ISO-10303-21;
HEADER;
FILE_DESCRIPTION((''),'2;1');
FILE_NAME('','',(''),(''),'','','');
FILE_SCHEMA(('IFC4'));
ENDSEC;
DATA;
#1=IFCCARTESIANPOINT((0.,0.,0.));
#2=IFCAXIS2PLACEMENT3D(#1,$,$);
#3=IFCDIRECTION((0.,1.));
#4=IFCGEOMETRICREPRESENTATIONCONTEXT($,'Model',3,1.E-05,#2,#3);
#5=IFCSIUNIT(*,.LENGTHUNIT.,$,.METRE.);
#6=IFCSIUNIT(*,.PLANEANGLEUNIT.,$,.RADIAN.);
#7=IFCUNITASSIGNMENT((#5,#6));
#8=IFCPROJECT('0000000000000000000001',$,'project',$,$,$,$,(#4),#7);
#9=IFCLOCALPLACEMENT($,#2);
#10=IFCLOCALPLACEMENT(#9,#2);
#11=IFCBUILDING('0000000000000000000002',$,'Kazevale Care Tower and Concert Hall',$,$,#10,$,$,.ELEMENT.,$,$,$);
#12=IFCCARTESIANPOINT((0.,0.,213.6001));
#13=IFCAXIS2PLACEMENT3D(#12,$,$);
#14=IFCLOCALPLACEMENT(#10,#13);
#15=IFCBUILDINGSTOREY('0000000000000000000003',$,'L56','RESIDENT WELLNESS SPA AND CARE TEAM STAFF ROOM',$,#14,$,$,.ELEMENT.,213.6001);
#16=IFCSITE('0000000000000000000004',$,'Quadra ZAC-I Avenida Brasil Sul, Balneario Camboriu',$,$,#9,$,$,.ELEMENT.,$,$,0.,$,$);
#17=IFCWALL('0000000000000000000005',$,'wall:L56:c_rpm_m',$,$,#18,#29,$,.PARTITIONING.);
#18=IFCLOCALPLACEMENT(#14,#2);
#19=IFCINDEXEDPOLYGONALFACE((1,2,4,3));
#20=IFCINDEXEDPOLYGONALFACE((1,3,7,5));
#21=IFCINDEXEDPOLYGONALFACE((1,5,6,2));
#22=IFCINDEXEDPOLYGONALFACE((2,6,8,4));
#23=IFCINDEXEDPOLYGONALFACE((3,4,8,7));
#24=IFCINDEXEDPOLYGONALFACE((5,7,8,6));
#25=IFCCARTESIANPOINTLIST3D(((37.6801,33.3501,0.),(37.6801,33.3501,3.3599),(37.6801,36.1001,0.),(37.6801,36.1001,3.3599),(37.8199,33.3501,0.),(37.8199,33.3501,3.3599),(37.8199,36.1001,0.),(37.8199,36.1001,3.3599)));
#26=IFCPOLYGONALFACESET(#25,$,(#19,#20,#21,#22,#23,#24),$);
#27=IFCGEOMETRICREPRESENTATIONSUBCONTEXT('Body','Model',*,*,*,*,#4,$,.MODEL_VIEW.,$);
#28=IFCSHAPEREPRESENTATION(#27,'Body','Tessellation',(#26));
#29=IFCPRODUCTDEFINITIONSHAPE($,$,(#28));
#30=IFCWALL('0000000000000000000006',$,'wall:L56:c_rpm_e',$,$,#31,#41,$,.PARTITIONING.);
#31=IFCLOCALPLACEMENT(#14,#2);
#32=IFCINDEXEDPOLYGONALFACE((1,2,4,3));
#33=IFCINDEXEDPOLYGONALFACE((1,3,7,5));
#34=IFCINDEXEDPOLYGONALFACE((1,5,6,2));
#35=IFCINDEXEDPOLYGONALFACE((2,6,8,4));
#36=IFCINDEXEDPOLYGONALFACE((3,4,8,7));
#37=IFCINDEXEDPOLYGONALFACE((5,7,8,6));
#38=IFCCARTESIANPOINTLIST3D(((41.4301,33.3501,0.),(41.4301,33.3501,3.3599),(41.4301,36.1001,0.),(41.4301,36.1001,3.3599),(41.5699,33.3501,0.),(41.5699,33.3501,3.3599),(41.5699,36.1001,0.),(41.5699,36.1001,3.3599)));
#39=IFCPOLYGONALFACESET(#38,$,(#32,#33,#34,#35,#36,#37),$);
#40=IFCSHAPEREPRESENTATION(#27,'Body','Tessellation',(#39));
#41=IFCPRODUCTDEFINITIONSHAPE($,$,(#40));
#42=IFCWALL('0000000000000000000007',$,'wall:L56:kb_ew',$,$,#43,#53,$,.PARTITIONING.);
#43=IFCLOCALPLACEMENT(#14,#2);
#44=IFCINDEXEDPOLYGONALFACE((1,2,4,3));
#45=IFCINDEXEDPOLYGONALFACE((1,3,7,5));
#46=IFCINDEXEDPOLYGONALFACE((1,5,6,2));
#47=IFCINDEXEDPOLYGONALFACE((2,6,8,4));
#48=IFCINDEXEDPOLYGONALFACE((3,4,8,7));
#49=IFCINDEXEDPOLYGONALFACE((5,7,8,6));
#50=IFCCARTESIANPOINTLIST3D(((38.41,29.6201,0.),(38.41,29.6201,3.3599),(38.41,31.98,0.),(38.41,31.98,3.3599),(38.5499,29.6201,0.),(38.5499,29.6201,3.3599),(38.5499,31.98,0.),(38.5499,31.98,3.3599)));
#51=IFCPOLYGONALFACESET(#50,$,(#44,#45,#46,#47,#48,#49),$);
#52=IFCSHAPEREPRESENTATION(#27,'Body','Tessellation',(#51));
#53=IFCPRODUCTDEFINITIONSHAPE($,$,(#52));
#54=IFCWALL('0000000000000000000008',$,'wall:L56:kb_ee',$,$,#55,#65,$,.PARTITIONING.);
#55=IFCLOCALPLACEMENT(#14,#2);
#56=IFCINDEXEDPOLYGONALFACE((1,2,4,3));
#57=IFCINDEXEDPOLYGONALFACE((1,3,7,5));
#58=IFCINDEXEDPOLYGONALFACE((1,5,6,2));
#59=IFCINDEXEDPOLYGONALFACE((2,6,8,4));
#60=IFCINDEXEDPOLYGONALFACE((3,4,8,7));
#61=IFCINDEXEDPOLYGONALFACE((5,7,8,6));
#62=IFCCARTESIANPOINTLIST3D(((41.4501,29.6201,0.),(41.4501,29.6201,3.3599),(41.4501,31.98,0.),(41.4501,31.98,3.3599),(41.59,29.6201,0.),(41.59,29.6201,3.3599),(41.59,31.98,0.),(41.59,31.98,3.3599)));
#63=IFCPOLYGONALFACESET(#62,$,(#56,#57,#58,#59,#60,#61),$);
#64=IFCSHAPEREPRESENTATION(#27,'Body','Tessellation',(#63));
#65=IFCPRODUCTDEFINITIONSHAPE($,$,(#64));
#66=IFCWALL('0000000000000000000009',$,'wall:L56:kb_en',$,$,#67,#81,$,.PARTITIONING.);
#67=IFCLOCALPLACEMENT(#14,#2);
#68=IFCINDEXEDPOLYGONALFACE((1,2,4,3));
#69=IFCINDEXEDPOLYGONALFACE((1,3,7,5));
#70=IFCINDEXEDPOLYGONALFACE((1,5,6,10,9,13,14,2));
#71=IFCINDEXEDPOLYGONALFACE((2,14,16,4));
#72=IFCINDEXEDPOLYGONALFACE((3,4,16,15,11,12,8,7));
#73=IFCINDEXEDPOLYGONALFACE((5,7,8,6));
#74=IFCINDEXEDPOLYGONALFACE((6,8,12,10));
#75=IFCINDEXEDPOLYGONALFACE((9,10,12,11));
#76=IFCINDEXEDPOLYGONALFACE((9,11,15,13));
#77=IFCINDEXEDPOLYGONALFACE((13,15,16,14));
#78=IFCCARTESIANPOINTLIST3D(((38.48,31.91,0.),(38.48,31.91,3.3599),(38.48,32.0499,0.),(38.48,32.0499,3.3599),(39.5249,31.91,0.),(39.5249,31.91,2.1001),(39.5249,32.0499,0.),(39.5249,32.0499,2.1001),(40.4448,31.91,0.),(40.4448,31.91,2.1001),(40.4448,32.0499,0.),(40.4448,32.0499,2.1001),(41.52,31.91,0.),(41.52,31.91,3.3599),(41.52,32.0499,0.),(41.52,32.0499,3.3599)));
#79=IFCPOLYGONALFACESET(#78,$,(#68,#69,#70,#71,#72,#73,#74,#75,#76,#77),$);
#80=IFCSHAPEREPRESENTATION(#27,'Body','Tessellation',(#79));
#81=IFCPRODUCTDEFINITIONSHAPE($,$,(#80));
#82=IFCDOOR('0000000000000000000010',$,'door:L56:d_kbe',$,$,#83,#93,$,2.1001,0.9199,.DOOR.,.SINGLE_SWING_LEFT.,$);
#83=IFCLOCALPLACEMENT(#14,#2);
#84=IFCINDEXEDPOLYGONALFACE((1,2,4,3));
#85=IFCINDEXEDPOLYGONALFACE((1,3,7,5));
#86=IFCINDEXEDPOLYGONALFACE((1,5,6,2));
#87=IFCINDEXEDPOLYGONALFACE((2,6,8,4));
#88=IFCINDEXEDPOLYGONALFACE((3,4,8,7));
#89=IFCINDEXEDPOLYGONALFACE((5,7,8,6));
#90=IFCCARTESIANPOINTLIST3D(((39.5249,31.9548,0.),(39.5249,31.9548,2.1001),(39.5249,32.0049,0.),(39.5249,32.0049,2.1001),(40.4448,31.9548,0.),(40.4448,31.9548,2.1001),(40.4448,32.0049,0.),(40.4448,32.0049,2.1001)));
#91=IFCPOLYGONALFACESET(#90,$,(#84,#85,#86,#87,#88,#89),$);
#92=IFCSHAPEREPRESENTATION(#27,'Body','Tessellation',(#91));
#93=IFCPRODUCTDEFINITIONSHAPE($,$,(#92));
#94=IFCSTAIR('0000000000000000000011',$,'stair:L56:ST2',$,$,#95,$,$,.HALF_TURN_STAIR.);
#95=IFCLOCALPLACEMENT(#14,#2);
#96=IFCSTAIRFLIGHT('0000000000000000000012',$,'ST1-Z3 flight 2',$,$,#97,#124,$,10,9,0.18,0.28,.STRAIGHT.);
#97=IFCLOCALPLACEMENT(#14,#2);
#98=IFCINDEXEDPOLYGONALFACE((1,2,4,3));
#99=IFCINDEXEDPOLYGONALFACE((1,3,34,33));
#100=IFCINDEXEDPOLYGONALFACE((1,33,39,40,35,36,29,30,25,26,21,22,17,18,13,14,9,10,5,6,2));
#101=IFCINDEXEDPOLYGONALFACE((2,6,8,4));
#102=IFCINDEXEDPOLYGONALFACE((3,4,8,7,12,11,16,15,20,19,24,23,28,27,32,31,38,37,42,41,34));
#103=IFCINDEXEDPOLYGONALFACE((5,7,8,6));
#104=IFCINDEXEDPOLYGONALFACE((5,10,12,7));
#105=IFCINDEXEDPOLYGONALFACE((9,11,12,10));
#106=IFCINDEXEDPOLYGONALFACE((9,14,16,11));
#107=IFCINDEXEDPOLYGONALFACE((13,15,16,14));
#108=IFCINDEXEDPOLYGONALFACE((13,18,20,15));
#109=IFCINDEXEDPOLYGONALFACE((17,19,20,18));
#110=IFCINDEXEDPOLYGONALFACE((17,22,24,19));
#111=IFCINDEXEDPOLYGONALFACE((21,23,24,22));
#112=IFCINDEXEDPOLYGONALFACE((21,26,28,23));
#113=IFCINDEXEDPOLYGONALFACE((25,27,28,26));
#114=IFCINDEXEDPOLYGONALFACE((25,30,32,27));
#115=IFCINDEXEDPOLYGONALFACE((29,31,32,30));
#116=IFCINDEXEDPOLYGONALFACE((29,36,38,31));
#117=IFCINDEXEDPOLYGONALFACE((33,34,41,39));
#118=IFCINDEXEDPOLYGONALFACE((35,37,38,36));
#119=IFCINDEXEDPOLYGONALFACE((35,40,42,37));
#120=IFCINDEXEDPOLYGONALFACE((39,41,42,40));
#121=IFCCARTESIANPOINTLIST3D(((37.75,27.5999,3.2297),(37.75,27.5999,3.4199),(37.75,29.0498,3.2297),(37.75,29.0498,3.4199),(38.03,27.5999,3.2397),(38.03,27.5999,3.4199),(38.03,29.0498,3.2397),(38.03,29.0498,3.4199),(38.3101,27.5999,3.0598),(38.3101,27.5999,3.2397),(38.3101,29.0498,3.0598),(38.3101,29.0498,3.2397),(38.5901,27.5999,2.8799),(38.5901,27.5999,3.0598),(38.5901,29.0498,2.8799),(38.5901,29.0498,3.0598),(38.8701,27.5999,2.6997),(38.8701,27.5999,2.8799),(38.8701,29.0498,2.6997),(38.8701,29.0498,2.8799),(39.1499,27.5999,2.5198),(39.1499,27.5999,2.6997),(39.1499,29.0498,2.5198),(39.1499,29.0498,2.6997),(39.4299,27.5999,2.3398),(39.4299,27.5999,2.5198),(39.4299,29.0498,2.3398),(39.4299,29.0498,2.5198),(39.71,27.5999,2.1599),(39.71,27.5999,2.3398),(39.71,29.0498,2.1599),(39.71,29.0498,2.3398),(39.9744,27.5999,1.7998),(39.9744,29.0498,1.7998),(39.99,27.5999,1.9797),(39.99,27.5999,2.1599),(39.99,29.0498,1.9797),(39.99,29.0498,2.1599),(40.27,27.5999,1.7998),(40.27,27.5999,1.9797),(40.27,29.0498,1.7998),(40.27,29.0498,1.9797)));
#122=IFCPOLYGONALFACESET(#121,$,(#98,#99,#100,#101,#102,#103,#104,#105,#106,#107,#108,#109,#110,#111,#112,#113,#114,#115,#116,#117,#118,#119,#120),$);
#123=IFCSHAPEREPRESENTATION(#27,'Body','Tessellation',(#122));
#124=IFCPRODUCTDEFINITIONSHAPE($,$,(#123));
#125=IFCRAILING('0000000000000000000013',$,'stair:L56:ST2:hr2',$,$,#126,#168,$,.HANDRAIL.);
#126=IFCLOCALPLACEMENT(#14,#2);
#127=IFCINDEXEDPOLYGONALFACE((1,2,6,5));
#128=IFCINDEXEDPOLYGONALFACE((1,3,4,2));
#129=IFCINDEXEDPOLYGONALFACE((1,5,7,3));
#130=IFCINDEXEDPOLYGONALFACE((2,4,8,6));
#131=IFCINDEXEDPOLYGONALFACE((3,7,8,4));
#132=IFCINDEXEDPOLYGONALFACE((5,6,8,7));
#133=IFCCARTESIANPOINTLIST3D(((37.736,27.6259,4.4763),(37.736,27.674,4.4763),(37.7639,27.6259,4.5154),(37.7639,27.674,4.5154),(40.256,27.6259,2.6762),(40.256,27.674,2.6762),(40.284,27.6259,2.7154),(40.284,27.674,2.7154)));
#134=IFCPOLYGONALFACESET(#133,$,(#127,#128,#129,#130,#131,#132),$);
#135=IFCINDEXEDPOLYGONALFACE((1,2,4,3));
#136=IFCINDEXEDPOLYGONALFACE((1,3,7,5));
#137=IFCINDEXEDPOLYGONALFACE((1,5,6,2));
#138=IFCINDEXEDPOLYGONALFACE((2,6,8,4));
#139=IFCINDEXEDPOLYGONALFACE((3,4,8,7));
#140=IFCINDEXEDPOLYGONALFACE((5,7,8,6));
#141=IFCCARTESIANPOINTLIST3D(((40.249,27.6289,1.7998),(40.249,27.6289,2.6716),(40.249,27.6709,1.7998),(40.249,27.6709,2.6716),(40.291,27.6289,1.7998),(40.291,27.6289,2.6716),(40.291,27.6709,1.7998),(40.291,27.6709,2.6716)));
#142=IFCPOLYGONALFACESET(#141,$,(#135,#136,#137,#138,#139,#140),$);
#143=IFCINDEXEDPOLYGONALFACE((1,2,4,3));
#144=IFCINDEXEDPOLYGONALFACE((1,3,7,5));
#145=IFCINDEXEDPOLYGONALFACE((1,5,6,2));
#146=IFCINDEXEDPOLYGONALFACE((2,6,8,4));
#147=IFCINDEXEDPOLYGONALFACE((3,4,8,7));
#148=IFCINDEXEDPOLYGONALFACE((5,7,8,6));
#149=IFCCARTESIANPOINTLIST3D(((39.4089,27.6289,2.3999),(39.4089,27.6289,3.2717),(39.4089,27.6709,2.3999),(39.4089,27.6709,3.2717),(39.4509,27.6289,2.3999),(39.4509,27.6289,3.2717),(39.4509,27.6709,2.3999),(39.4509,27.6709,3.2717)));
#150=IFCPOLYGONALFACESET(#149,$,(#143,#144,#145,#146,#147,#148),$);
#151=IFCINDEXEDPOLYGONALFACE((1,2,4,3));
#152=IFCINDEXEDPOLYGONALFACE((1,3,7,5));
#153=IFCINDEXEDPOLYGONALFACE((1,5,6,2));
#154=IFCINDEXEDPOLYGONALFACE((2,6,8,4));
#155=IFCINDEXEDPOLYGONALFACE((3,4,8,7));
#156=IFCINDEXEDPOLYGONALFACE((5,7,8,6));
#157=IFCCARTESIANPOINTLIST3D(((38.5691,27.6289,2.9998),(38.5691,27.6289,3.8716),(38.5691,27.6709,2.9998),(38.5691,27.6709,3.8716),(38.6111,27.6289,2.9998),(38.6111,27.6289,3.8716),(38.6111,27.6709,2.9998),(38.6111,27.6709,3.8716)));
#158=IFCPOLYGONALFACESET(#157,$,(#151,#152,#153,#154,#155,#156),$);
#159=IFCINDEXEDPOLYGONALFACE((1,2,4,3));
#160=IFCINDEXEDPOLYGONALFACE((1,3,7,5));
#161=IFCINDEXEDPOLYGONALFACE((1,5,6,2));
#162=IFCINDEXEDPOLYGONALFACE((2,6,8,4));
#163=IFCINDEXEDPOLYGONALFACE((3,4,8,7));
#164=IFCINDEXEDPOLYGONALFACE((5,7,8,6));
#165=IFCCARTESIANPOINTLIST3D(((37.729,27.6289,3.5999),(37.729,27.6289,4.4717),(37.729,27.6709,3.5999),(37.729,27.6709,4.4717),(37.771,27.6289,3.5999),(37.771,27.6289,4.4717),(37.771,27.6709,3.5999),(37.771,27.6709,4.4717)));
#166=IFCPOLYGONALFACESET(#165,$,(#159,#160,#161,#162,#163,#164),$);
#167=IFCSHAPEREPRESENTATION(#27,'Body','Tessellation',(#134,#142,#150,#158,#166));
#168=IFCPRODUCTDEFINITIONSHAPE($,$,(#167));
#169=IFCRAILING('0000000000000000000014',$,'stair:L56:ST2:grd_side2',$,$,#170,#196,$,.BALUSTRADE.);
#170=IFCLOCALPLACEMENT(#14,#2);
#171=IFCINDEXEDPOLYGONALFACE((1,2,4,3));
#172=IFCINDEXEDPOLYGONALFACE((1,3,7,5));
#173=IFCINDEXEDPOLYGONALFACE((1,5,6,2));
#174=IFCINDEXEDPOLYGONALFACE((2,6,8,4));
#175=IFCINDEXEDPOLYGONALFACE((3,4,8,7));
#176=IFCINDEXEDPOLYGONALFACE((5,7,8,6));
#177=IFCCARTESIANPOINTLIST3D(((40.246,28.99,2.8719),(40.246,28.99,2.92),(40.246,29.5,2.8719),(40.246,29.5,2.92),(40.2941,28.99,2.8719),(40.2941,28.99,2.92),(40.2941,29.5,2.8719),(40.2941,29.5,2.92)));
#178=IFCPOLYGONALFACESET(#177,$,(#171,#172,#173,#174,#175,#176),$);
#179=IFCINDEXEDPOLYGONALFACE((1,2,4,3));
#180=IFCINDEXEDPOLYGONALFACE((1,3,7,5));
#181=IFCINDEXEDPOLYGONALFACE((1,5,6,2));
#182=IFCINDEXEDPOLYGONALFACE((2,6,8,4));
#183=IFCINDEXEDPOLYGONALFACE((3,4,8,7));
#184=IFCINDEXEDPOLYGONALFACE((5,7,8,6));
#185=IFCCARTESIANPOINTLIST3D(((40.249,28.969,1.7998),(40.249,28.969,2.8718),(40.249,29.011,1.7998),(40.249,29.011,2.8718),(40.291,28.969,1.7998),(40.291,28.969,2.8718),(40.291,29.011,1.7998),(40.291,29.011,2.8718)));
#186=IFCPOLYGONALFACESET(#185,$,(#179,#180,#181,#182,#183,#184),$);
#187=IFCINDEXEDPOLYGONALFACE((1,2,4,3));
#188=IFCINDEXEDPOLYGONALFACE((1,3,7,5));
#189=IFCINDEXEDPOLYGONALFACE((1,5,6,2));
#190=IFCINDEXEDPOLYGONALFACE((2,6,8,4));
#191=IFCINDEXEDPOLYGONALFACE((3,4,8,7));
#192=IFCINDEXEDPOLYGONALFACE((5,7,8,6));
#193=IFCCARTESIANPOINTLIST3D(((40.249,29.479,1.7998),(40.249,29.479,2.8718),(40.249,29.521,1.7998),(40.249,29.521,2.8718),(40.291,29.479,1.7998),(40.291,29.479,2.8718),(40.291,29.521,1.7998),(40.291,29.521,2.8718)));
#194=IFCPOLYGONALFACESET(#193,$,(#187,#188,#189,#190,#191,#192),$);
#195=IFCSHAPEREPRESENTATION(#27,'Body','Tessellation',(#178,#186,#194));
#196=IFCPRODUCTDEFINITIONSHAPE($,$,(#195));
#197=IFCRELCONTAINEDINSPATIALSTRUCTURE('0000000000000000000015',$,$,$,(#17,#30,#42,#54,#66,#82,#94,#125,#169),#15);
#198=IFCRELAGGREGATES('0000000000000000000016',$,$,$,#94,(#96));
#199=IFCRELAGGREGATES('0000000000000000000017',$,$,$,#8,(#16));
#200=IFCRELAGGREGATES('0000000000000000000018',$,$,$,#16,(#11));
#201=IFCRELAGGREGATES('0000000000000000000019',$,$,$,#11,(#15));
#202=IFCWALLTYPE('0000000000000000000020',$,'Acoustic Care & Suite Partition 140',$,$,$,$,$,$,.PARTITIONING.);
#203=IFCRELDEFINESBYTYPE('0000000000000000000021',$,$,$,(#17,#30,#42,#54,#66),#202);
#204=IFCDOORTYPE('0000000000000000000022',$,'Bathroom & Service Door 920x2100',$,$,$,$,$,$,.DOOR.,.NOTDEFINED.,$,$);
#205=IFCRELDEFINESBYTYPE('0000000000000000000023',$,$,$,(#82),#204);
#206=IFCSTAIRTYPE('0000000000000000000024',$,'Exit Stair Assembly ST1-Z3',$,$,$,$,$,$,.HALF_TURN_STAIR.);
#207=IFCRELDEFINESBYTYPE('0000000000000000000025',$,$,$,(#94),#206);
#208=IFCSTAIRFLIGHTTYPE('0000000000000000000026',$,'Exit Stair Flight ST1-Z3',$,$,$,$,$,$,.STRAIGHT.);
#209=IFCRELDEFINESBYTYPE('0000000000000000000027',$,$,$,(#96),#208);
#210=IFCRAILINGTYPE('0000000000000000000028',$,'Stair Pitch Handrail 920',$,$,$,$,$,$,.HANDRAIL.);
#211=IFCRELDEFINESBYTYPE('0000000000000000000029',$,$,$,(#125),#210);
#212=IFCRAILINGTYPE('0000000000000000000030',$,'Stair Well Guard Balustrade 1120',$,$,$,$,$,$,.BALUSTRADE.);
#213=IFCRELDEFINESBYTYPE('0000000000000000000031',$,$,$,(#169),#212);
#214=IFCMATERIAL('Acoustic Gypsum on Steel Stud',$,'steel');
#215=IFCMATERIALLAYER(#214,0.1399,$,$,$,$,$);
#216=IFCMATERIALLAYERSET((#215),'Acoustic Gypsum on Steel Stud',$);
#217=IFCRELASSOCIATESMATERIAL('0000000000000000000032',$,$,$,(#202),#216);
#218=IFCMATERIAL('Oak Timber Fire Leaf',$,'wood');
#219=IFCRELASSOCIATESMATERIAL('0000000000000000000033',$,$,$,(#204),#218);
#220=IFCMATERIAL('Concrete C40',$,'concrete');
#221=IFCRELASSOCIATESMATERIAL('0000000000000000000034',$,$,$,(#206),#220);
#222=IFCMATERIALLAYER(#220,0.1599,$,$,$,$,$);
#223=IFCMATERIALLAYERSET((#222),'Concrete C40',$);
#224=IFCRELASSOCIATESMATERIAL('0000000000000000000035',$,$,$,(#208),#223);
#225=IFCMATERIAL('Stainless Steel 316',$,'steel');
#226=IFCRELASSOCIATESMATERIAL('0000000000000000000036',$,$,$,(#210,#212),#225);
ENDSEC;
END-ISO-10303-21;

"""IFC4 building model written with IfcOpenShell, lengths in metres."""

from ifc_helpers import new_model, si_unit, direction, frame, frame_2d, origin, origin_2d, place, context, subcontext, project, spatial, polyline, rectangle, outline, extrude, material, layer, layer_set, type_object, element, fill, aggregate, save


model = new_model("IFC4")

# Units and contexts
model_context = context("Model", 3, precision=1e-05, world=origin(), true_north=direction((0.0, 1.0)))
body_context = subcontext(model_context, "Body", "Model", "MODEL_VIEW")
ifc_project = project(units=[si_unit("LENGTHUNIT", "METRE"), si_unit("PLANEANGLEUNIT", "RADIAN")], contexts=[model_context])

# Site, building, storey
site_placement = place(None, origin())
site = spatial("IfcSite", under=ifc_project, at=site_placement, Name="Quadra ZAC-I Avenida Brasil Sul, Balneario Camboriu", CompositionType="ELEMENT", RefElevation=0.0)
building_placement = place(site_placement, origin())
building = spatial("IfcBuilding", under=site, at=building_placement, Name="Kazevale Care Tower and Concert Hall", CompositionType="ELEMENT")
storey_placement = place(building_placement, frame((0.0, 0.0, 213.6001)))
storey = spatial("IfcBuildingStorey", under=building, at=storey_placement, Name="L56", Description="RESIDENT WELLNESS SPA AND CARE TEAM STAFF ROOM", CompositionType="ELEMENT", Elevation=213.6001)

# Shared definitions
ifc_material_1 = material(Name="Acoustic Gypsum on Steel Stud", Category="steel")
ifc_layer_1 = layer(ifc_material_1, 0.1399)
ifc_layer_set_1 = layer_set([ifc_layer_1], Name="Acoustic Gypsum on Steel Stud")
wall_type = type_object("IfcWallType", Name="Acoustic Care & Suite Partition 140", PredefinedType="PARTITIONING", material=ifc_layer_set_1)
ifc_material_2 = material(Name="Oak Timber Fire Leaf", Category="wood")
door_type = type_object("IfcDoorType", Name="Bathroom & Service Door 920x2100", OperationType="NOTDEFINED", PredefinedType="DOOR", material=ifc_material_2)

# Walls
for number, where, z_axis, x_axis, name in (
    (1, (37.75, 33.3501, 0.0), (0.0, 0.0, 1.0), (0.0, 1.0, 0.0), "wall:L56:c_rpm_m"),
    (2, (41.5, 33.3501, 0.0), (0.0, 0.0, 1.0), (0.0, 1.0, 0.0), "wall:L56:c_rpm_e"),
):
    element("IfcWall", number, at=place(storey_placement, frame(where, z_axis=z_axis, x_axis=x_axis)), inside=storey, type_object=wall_type, Name=name, PredefinedType="PARTITIONING", context=body_context, shape_type="SweptSolid", body=[
        extrude(rectangle(XDim=2.75, YDim=0.1399, at=frame_2d((1.375, 0.0))), origin(), (0.0, 0.0, 1.0), 3.3599),
    ])
for number, where, z_axis, x_axis, name in (
    (3, (38.48, 29.6201, 0.0), (0.0, 0.0, 1.0), (0.0, 1.0, 0.0), "wall:L56:kb_ew"),
    (4, (41.52, 29.6201, 0.0), (0.0, 0.0, 1.0), (0.0, 1.0, 0.0), "wall:L56:kb_ee"),
):
    element("IfcWall", number, at=place(storey_placement, frame(where, z_axis=z_axis, x_axis=x_axis)), inside=storey, type_object=wall_type, Name=name, PredefinedType="PARTITIONING", context=body_context, shape_type="SweptSolid", body=[
        extrude(rectangle(XDim=2.3599, YDim=0.1399, at=frame_2d((1.1799, 0.0))), origin(), (0.0, 0.0, 1.0), 3.3599),
    ])

# Wall, opening, door
wall_1_placement = place(storey_placement, frame((38.48, 31.98, 0.0), z_axis=(0.0, 0.0, 1.0), x_axis=(1.0, 0.0, 0.0)))
wall_1 = element("IfcWall", 5, at=wall_1_placement, inside=storey, type_object=wall_type, Name="wall:L56:kb_en", PredefinedType="PARTITIONING", context=body_context, shape_type="SweptSolid", body=[
    extrude(rectangle(XDim=3.04, YDim=0.1399, at=frame_2d((1.52, 0.0))), origin(), (0.0, 0.0, 1.0), 3.3599),
])
opening_1_placement = place(wall_1_placement, frame((1.0449, 0.0, 0.0)))
opening_1 = element("IfcOpeningElement", 6, at=opening_1_placement, cuts=wall_1, PredefinedType="OPENING", context=body_context, shape_type="SweptSolid", body=[
    extrude(rectangle(XDim=0.9199, YDim=2.1001, at=frame_2d((0.46, 1.05))), frame((0.0, 0.0798, 0.0), z_axis=(0.0, -1.0, 0.0), x_axis=(1.0, 0.0, 0.0)), (0.0, 0.0, 1.0), 0.1599),
])
door_1_placement = place(opening_1_placement, origin())
door_1 = element("IfcDoor", 7, at=door_1_placement, inside=storey, type_object=door_type, Name="door:L56:d_kbe", OperationType="SINGLE_SWING_LEFT", OverallHeight=2.1001, OverallWidth=0.9199, PredefinedType="DOOR", context=body_context, shape_type="SweptSolid", body=[
    extrude(rectangle(XDim=0.9199, YDim=2.1001, at=frame_2d((0.46, 1.05))), frame((0.0, 0.0249, 0.0), z_axis=(0.0, -1.0, 0.0), x_axis=(1.0, 0.0, 0.0)), (0.0, 0.0, 1.0), 0.05),
])
fill(opening_1, door_1)

# Stair, stair flight
ifc_material_3 = material(Name="Concrete C40", Category="concrete")
stair_type = type_object("IfcStairType", Name="Exit Stair Assembly ST1-Z3", PredefinedType="HALF_TURN_STAIR", material=ifc_material_3)
stair_placement = place(storey_placement, origin())
stair = element("IfcStair", 8, at=stair_placement, inside=storey, type_object=stair_type, Name="stair:L56:ST2", PredefinedType="HALF_TURN_STAIR")
ifc_layer_2 = layer(ifc_material_3, 0.1599)
ifc_layer_set_2 = layer_set([ifc_layer_2], Name="Concrete C40")
stair_flight_type = type_object("IfcStairFlightType", Name="Exit Stair Flight ST1-Z3", PredefinedType="STRAIGHT", material=ifc_layer_set_2)
stair_flight_placement = place(storey_placement, frame((40.27, 28.325, 1.7998), z_axis=(0.0, 0.0, 1.0), x_axis=(-1.0, 0.0, 0.0)))
stair_flight = element("IfcStairFlight", 9, at=stair_flight_placement, type_object=stair_flight_type, Name="ST1-Z3 flight 2", NumberOfRisers=10, NumberOfTreads=9, PredefinedType="STRAIGHT", RiserHeight=0.18, TreadLength=0.28, context=body_context, shape_type="SweptSolid", body=[
    extrude(outline(polyline([(0.0, 0.0), (0.0, 0.1799), (0.28, 0.1799), (0.28, 0.3601), (0.5601, 0.3601), (0.5601, 0.54), (0.8401, 0.54), (0.8401, 0.72), (1.1201, 0.72), (1.1201, 0.8999), (1.3999, 0.8999), (1.3999, 1.0801), (1.6799, 1.0801), (1.6799, 1.26), (1.96, 1.26), (1.96, 1.4399), (2.24, 1.4399), (2.24, 1.6201), (2.52, 1.6201), (2.52, 1.8), (2.52, 1.4299), (0.2957, 0.0), (0.0, 0.0)])), frame((0.0, 0.7251, 0.0), z_axis=(0.0, -1.0, 0.0), x_axis=(1.0, 0.0, 0.0)), (0.0, 0.0, 1.0), 1.45),
])
aggregate(stair, [stair_flight])

# Railings
ifc_material_4 = material(Name="Stainless Steel 316", Category="steel")
railing_type_1 = type_object("IfcRailingType", Name="Stair Pitch Handrail 920", PredefinedType="HANDRAIL", material=ifc_material_4)
railing_1_placement = place(storey_placement, frame((40.27, 27.6499, 1.7998)))
element("IfcRailing", 10, at=railing_1_placement, inside=storey, type_object=railing_type_1, Name="stair:L56:ST2:hr2", PredefinedType="HANDRAIL", context=body_context, shape_type="SweptSolid", body=[
    extrude(rectangle(XDim=0.0481, YDim=0.0481, at=origin_2d()), frame((0.0, 0.0, 0.896), z_axis=(-0.813728, 0.0, 0.581246), x_axis=(0.0, -1.0, 0.0)), (0.0, 0.0, 1.0), 3.0969),
    extrude(rectangle(XDim=0.042, YDim=0.042, at=origin_2d()), origin(), (0.0, 0.0, 1.0), 0.8718),
    extrude(rectangle(XDim=0.042, YDim=0.042, at=origin_2d()), frame((-0.8401, 0.0, 0.6001)), (0.0, 0.0, 1.0), 0.8718),
    extrude(rectangle(XDim=0.042, YDim=0.042, at=origin_2d()), frame((-1.6799, 0.0, 1.2)), (0.0, 0.0, 1.0), 0.8718),
    extrude(rectangle(XDim=0.042, YDim=0.042, at=origin_2d()), frame((-2.52, 0.0, 1.8)), (0.0, 0.0, 1.0), 0.8718),
])
railing_type_2 = type_object("IfcRailingType", Name="Stair Well Guard Balustrade 1120", PredefinedType="BALUSTRADE", material=ifc_material_4)
railing_2_placement = place(storey_placement, frame((40.27, 28.99, 1.7998)))
element("IfcRailing", 11, at=railing_2_placement, inside=storey, type_object=railing_type_2, Name="stair:L56:ST2:grd_side2", PredefinedType="BALUSTRADE", context=body_context, shape_type="SweptSolid", body=[
    extrude(rectangle(XDim=0.0481, YDim=0.0481, at=origin_2d()), frame((0.0, 0.0, 1.0962), z_axis=(0.0, 1.0, 0.0), x_axis=(-1.0, 0.0, 0.0)), (0.0, 0.0, 1.0), 0.51),
    extrude(rectangle(XDim=0.042, YDim=0.042, at=origin_2d()), origin(), (0.0, 0.0, 1.0), 1.072),
    extrude(rectangle(XDim=0.042, YDim=0.042, at=origin_2d()), frame((0.0, 0.51, 0.0)), (0.0, 0.0, 1.0), 1.072),
])

save(model, "model.ifc")
